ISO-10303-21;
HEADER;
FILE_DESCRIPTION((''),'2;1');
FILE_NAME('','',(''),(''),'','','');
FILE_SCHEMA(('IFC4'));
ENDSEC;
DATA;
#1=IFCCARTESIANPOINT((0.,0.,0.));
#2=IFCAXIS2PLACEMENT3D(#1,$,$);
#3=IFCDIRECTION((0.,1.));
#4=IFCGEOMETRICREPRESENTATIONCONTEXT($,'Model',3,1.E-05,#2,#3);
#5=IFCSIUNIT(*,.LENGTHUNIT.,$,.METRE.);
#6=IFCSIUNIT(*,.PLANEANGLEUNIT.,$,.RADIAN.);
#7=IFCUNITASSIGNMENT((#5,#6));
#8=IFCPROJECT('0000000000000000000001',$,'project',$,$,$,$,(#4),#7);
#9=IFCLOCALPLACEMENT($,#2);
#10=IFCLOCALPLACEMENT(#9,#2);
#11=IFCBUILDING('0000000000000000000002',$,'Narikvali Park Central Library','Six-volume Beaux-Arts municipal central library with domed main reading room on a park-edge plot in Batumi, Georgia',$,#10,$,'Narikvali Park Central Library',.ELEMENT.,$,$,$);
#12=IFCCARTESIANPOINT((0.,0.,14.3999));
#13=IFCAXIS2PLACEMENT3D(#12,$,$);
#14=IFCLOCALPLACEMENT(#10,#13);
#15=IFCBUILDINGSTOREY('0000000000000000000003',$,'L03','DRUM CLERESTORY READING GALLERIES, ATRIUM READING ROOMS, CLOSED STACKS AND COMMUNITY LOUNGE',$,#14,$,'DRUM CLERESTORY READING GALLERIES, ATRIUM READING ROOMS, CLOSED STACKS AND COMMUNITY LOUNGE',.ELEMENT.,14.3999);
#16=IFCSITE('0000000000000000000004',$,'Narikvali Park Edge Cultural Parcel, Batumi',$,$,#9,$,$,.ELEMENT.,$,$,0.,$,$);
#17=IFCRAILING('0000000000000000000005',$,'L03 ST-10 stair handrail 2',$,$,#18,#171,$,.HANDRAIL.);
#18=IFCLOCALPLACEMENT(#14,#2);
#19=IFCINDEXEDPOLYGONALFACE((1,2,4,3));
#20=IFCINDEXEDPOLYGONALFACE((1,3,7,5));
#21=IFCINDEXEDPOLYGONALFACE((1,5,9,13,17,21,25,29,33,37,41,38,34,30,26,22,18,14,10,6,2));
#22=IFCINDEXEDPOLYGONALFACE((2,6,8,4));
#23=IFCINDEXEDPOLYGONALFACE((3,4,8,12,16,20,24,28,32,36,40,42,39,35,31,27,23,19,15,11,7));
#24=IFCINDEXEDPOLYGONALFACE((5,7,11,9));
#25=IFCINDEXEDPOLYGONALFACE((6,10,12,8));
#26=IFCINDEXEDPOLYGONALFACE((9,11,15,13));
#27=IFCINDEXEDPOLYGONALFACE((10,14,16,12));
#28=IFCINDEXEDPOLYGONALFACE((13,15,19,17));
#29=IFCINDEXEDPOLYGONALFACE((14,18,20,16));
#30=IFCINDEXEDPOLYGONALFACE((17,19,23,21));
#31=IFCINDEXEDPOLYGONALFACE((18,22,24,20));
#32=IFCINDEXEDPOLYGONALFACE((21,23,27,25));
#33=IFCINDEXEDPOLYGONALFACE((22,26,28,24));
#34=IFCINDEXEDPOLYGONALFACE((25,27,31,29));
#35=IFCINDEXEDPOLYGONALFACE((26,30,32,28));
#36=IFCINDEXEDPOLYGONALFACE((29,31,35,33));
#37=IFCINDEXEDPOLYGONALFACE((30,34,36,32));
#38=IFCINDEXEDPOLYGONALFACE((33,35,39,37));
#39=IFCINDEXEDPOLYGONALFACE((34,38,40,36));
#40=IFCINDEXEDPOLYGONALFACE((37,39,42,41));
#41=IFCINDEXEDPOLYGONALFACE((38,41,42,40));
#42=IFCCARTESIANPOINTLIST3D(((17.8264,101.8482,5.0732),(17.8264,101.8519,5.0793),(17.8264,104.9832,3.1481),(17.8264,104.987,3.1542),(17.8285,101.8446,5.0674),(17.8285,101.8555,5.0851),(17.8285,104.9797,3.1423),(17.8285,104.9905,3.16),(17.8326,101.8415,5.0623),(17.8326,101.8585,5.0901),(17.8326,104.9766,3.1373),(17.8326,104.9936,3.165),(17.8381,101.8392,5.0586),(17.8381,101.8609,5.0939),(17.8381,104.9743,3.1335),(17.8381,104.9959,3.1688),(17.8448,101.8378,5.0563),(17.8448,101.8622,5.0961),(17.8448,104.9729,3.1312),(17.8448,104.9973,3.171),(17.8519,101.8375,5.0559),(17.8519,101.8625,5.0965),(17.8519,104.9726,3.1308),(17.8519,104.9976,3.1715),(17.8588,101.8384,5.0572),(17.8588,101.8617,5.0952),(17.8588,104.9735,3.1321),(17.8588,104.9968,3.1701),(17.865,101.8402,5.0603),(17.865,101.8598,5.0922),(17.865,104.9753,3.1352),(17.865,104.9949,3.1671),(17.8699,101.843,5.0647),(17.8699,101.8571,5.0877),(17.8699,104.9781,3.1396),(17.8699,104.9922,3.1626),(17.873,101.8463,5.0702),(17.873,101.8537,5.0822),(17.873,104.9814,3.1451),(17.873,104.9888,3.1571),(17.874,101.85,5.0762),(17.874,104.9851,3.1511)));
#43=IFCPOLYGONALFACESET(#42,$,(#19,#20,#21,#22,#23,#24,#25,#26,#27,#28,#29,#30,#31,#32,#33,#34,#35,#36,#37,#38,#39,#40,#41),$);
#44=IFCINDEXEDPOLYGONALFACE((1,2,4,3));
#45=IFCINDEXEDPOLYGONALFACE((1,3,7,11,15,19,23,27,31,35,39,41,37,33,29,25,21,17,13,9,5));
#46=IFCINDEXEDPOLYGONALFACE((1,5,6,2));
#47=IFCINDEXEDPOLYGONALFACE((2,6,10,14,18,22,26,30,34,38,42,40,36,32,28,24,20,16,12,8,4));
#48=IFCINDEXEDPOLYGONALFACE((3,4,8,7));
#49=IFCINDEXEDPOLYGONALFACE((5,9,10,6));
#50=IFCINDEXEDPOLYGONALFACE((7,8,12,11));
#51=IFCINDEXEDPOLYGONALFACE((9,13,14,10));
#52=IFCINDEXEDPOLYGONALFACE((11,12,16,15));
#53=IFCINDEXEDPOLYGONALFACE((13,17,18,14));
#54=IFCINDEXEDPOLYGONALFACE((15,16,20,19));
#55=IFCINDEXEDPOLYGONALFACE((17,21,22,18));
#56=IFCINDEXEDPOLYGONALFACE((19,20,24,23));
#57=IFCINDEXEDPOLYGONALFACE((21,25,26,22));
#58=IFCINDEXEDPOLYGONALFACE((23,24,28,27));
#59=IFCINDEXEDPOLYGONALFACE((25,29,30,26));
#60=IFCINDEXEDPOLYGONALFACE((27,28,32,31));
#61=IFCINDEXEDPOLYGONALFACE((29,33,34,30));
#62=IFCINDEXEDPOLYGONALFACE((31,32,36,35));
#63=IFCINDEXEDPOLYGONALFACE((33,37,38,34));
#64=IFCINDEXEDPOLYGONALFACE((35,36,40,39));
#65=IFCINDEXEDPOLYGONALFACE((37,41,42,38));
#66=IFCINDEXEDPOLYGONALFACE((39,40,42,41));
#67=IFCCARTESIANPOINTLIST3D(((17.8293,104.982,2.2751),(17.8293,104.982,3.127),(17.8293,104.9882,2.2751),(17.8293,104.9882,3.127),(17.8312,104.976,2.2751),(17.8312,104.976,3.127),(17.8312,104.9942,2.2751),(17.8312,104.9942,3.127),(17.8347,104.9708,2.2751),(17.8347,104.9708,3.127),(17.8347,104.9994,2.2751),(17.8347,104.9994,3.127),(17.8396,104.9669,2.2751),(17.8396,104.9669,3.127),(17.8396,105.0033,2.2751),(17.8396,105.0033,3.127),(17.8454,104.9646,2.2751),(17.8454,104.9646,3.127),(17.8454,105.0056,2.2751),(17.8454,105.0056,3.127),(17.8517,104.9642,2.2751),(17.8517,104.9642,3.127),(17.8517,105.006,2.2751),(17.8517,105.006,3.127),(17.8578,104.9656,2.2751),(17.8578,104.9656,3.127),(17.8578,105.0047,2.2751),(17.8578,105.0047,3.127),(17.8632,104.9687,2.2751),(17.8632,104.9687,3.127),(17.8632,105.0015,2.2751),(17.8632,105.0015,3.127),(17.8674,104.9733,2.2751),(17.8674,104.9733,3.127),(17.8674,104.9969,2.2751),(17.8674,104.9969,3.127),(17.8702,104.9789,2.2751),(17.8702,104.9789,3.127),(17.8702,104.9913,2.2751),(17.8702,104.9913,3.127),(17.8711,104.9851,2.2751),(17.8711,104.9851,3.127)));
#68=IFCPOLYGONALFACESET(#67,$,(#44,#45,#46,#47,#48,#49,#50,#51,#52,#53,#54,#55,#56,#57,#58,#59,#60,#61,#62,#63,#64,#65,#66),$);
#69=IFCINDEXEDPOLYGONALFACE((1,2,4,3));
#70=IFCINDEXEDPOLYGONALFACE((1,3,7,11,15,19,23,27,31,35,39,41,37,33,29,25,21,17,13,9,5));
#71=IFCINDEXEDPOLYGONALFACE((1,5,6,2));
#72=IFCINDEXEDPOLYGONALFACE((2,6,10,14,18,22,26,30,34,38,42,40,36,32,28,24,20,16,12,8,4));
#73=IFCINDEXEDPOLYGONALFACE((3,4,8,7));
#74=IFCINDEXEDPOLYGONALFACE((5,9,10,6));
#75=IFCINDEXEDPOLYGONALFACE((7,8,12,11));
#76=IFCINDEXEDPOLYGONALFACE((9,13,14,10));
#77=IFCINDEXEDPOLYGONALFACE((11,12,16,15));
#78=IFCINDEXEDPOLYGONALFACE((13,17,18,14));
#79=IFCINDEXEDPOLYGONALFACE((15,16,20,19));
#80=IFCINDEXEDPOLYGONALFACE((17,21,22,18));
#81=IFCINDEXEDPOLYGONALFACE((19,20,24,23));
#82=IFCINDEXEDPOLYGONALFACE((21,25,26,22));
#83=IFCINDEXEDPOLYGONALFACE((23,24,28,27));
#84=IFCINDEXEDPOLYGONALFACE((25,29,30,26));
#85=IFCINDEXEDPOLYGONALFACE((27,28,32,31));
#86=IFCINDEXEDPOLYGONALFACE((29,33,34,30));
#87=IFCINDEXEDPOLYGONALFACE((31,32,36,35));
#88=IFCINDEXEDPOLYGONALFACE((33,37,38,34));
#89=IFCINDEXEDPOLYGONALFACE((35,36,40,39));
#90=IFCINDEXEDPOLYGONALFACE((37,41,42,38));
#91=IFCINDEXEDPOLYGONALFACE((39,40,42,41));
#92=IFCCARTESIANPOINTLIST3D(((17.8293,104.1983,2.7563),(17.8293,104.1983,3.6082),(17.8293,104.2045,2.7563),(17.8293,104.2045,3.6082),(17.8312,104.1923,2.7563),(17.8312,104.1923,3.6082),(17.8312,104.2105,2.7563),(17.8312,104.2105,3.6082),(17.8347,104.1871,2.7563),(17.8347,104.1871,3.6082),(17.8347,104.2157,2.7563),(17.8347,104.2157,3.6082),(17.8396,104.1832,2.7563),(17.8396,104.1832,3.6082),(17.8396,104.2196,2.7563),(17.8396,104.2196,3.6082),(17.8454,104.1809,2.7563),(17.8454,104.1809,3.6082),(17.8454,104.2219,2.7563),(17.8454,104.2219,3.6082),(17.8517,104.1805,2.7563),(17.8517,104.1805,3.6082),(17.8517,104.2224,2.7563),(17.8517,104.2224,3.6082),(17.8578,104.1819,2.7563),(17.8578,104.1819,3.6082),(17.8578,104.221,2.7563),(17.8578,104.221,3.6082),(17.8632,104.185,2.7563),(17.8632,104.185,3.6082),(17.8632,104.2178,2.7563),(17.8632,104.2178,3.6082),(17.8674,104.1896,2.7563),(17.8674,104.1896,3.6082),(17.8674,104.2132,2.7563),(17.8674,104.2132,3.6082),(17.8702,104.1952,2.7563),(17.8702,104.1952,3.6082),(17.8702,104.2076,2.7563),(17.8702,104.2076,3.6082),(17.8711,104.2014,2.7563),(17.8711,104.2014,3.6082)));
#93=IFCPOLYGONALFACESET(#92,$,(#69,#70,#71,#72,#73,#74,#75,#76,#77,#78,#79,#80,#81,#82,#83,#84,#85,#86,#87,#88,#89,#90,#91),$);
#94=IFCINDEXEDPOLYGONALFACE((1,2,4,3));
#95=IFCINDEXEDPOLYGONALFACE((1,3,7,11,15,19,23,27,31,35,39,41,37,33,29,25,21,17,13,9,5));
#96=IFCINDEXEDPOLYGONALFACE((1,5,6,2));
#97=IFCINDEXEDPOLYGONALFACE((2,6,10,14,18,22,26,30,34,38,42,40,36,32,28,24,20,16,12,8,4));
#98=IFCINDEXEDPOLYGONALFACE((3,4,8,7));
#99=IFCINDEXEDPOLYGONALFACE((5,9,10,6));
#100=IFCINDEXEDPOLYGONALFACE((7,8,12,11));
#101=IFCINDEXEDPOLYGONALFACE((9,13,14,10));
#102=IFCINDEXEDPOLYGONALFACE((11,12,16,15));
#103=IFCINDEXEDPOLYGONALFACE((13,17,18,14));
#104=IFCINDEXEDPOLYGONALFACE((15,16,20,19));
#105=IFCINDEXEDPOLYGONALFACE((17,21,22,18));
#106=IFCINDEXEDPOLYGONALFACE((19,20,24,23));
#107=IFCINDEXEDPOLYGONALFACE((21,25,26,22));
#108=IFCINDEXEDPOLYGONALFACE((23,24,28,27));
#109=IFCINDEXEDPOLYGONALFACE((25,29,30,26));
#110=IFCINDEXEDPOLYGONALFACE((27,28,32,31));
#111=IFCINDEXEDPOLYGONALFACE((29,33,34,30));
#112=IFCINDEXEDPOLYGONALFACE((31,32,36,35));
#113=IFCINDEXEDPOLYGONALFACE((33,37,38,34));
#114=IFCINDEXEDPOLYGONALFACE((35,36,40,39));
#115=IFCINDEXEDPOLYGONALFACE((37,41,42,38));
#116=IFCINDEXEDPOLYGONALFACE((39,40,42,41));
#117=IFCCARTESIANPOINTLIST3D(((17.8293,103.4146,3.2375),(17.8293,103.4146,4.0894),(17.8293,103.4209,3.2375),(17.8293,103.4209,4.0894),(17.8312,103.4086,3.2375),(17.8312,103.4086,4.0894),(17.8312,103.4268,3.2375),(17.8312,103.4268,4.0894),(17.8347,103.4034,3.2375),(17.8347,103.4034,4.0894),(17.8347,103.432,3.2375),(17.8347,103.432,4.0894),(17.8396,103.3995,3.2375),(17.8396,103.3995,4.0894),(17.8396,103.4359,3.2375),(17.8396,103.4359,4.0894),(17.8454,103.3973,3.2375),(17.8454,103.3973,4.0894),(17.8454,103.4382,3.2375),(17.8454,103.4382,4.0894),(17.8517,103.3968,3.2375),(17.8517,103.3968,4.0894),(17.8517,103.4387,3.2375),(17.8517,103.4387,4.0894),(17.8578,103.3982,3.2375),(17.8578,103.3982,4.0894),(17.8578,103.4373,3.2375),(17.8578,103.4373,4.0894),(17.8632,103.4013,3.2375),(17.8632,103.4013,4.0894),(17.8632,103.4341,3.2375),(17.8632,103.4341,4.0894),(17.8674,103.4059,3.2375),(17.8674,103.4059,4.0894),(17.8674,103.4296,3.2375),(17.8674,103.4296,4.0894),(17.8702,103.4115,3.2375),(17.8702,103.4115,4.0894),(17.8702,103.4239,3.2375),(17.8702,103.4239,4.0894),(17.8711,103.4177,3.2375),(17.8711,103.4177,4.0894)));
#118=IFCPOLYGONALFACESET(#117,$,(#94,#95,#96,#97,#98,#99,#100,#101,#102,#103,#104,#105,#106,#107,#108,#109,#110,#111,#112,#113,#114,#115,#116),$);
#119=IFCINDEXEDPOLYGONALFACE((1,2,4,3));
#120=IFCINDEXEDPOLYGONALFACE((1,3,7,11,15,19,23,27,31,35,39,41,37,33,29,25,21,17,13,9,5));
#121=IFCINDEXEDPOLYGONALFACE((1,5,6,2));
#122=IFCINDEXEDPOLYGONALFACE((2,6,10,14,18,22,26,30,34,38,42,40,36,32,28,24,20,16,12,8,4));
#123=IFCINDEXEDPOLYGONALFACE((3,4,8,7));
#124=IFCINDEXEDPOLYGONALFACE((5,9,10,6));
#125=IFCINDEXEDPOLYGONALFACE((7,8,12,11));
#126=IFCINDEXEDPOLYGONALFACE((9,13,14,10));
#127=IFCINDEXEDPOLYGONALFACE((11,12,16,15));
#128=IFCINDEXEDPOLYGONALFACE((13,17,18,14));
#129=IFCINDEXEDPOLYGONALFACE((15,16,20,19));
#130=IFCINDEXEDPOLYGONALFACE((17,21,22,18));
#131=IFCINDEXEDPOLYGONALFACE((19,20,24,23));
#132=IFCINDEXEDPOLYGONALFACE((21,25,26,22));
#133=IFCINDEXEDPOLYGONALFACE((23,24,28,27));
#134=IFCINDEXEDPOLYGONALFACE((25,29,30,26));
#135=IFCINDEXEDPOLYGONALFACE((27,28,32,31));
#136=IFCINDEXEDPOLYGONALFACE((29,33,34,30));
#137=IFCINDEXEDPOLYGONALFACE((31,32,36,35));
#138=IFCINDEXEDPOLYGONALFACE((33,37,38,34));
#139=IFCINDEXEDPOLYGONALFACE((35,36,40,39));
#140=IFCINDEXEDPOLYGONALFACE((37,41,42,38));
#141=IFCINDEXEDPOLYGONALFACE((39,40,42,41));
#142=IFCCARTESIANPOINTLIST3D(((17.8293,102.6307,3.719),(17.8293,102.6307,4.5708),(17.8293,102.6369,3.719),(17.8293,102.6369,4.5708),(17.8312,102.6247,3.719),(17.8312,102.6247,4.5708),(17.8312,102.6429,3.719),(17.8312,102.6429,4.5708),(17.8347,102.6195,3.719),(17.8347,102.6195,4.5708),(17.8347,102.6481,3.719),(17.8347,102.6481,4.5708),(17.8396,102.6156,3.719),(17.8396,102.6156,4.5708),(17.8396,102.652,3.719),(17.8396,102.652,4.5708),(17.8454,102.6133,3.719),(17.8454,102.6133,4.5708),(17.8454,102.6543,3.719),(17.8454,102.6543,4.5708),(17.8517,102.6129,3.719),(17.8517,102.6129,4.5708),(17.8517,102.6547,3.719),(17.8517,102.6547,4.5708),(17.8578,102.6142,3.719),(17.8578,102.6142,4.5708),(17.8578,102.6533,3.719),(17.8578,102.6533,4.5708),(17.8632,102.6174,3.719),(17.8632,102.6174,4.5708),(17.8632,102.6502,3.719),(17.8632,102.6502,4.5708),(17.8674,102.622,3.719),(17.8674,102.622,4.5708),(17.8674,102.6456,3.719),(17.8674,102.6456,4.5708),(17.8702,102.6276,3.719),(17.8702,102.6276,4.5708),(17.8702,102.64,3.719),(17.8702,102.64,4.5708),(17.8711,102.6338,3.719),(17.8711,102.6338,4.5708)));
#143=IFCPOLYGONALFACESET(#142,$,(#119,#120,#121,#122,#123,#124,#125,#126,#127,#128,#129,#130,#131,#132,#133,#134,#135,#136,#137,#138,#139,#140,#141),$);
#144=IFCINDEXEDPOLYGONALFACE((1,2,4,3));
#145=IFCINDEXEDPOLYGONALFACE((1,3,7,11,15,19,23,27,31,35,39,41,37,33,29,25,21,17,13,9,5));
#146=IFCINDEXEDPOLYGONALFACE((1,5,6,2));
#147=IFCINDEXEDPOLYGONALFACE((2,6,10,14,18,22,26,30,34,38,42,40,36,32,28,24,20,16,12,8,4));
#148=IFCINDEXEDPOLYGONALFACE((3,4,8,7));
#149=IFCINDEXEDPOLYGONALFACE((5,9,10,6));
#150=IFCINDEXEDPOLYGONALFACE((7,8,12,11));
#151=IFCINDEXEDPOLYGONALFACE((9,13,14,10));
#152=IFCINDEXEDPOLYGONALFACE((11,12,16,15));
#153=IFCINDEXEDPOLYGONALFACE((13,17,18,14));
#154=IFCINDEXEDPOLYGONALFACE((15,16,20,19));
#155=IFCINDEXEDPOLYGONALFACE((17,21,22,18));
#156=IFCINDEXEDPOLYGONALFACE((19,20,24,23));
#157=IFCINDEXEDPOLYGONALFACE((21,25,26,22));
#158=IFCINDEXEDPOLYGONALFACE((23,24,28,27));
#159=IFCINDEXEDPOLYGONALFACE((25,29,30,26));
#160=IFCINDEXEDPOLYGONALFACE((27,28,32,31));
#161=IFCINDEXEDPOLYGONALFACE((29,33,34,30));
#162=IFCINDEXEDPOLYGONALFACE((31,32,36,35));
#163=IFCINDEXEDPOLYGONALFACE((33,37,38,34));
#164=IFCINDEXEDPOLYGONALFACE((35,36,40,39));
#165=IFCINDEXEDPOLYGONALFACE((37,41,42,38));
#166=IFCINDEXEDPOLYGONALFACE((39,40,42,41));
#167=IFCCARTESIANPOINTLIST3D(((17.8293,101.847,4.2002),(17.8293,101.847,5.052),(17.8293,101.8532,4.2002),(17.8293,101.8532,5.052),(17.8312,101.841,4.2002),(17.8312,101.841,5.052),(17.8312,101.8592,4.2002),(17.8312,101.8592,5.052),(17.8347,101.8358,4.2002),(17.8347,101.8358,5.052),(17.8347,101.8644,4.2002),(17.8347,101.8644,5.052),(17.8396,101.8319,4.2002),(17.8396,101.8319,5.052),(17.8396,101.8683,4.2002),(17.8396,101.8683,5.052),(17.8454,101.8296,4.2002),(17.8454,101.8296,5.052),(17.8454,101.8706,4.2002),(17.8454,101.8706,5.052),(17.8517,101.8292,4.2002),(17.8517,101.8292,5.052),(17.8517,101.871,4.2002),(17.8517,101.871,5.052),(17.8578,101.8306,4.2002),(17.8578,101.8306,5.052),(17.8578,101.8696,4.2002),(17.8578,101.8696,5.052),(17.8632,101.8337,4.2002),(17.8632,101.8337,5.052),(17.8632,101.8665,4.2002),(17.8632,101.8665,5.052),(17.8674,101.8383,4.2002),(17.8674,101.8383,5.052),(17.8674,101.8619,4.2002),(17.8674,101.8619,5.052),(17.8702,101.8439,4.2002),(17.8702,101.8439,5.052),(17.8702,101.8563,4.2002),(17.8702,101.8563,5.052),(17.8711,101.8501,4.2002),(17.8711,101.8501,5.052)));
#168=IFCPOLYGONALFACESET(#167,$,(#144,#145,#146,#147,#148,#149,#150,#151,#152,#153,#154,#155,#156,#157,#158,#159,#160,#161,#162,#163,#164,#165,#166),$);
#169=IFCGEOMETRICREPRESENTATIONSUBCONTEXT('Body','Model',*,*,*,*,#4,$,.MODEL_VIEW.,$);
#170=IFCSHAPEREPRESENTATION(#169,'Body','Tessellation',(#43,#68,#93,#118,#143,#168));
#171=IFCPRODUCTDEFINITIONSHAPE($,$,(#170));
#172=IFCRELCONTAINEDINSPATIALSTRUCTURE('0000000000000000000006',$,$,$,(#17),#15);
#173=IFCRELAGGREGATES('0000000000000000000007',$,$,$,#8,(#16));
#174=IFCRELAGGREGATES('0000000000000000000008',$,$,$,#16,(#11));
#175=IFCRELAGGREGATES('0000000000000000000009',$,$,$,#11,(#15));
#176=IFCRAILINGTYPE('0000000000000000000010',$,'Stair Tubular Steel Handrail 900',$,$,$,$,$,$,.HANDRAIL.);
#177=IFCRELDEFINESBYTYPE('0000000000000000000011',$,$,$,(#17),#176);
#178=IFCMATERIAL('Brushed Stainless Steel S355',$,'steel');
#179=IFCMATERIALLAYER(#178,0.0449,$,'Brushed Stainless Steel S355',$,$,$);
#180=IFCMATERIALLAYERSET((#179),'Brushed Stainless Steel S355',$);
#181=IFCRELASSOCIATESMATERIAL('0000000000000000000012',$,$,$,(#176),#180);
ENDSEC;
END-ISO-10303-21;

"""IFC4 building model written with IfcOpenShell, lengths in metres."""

from ifc_helpers import new_model, si_unit, direction, frame, origin, origin_2d, place, context, subcontext, project, spatial, circle, extrude, material, layer, layer_set, type_object, element, save


model = new_model("IFC4")

# Units and contexts
model_context = context("Model", 3, precision=1e-05, world=origin(), true_north=direction((0.0, 1.0)))
body_context = subcontext(model_context, "Body", "Model", "MODEL_VIEW")
ifc_project = project(units=[si_unit("LENGTHUNIT", "METRE"), si_unit("PLANEANGLEUNIT", "RADIAN")], contexts=[model_context])

# Site, building, storey
site_placement = place(None, origin())
site = spatial("IfcSite", under=ifc_project, at=site_placement, Name="Narikvali Park Edge Cultural Parcel, Batumi", CompositionType="ELEMENT", RefElevation=0.0)
building_placement = place(site_placement, origin())
building = spatial("IfcBuilding", under=site, at=building_placement, Name="Narikvali Park Central Library", Description="Six-volume Beaux-Arts municipal central library with domed main reading room on a park-edge plot in Batumi, Georgia", LongName="Narikvali Park Central Library", CompositionType="ELEMENT")
storey_placement = place(building_placement, frame((0.0, 0.0, 14.3999)))
storey = spatial("IfcBuildingStorey", under=building, at=storey_placement, Name="L03", Description="DRUM CLERESTORY READING GALLERIES, ATRIUM READING ROOMS, CLOSED STACKS AND COMMUNITY LOUNGE", LongName="DRUM CLERESTORY READING GALLERIES, ATRIUM READING ROOMS, CLOSED STACKS AND COMMUNITY LOUNGE", CompositionType="ELEMENT", Elevation=14.3999)

# Railing
ifc_material_1 = material(Name="Brushed Stainless Steel S355", Category="steel")
ifc_layer_1 = layer(ifc_material_1, 0.0449, Name="Brushed Stainless Steel S355")
ifc_layer_set_1 = layer_set([ifc_layer_1], Name="Brushed Stainless Steel S355")
railing_type_1 = type_object("IfcRailingType", Name="Stair Tubular Steel Handrail 900", PredefinedType="HANDRAIL", material=ifc_layer_set_1)
railing_1_placement = place(storey_placement, frame((17.8501, 104.9851, 2.2751)))
element("IfcRailing", 1, at=railing_1_placement, inside=storey, type_object=railing_type_1, Name="L03 ST-10 stair handrail 2", PredefinedType="HANDRAIL", context=body_context, shape_type="SweptSolid", body=[
    extrude(circle(Radius=0.0239, at=origin_2d()), frame((0.0, 0.0, 0.876), z_axis=(0.0, -0.852166, 0.523271), x_axis=(1.0, 0.0, 0.0)), (0.0, 0.0, 1.0), 3.679),
    extrude(circle(Radius=0.021, at=origin_2d()), origin(), (0.0, 0.0, 1.0), 0.8518),
    extrude(circle(Radius=0.021, at=origin_2d()), frame((0.0, -0.7837, 0.4812)), (0.0, 0.0, 1.0), 0.8518),
    extrude(circle(Radius=0.021, at=origin_2d()), frame((0.0, -1.5674, 0.9624)), (0.0, 0.0, 1.0), 0.8518),
    extrude(circle(Radius=0.021, at=origin_2d()), frame((0.0, -2.3513, 1.4438)), (0.0, 0.0, 1.0), 0.8518),
    extrude(circle(Radius=0.021, at=origin_2d()), frame((0.0, -3.135, 1.925)), (0.0, 0.0, 1.0), 0.8518),
])

save(model, "model.ifc")
